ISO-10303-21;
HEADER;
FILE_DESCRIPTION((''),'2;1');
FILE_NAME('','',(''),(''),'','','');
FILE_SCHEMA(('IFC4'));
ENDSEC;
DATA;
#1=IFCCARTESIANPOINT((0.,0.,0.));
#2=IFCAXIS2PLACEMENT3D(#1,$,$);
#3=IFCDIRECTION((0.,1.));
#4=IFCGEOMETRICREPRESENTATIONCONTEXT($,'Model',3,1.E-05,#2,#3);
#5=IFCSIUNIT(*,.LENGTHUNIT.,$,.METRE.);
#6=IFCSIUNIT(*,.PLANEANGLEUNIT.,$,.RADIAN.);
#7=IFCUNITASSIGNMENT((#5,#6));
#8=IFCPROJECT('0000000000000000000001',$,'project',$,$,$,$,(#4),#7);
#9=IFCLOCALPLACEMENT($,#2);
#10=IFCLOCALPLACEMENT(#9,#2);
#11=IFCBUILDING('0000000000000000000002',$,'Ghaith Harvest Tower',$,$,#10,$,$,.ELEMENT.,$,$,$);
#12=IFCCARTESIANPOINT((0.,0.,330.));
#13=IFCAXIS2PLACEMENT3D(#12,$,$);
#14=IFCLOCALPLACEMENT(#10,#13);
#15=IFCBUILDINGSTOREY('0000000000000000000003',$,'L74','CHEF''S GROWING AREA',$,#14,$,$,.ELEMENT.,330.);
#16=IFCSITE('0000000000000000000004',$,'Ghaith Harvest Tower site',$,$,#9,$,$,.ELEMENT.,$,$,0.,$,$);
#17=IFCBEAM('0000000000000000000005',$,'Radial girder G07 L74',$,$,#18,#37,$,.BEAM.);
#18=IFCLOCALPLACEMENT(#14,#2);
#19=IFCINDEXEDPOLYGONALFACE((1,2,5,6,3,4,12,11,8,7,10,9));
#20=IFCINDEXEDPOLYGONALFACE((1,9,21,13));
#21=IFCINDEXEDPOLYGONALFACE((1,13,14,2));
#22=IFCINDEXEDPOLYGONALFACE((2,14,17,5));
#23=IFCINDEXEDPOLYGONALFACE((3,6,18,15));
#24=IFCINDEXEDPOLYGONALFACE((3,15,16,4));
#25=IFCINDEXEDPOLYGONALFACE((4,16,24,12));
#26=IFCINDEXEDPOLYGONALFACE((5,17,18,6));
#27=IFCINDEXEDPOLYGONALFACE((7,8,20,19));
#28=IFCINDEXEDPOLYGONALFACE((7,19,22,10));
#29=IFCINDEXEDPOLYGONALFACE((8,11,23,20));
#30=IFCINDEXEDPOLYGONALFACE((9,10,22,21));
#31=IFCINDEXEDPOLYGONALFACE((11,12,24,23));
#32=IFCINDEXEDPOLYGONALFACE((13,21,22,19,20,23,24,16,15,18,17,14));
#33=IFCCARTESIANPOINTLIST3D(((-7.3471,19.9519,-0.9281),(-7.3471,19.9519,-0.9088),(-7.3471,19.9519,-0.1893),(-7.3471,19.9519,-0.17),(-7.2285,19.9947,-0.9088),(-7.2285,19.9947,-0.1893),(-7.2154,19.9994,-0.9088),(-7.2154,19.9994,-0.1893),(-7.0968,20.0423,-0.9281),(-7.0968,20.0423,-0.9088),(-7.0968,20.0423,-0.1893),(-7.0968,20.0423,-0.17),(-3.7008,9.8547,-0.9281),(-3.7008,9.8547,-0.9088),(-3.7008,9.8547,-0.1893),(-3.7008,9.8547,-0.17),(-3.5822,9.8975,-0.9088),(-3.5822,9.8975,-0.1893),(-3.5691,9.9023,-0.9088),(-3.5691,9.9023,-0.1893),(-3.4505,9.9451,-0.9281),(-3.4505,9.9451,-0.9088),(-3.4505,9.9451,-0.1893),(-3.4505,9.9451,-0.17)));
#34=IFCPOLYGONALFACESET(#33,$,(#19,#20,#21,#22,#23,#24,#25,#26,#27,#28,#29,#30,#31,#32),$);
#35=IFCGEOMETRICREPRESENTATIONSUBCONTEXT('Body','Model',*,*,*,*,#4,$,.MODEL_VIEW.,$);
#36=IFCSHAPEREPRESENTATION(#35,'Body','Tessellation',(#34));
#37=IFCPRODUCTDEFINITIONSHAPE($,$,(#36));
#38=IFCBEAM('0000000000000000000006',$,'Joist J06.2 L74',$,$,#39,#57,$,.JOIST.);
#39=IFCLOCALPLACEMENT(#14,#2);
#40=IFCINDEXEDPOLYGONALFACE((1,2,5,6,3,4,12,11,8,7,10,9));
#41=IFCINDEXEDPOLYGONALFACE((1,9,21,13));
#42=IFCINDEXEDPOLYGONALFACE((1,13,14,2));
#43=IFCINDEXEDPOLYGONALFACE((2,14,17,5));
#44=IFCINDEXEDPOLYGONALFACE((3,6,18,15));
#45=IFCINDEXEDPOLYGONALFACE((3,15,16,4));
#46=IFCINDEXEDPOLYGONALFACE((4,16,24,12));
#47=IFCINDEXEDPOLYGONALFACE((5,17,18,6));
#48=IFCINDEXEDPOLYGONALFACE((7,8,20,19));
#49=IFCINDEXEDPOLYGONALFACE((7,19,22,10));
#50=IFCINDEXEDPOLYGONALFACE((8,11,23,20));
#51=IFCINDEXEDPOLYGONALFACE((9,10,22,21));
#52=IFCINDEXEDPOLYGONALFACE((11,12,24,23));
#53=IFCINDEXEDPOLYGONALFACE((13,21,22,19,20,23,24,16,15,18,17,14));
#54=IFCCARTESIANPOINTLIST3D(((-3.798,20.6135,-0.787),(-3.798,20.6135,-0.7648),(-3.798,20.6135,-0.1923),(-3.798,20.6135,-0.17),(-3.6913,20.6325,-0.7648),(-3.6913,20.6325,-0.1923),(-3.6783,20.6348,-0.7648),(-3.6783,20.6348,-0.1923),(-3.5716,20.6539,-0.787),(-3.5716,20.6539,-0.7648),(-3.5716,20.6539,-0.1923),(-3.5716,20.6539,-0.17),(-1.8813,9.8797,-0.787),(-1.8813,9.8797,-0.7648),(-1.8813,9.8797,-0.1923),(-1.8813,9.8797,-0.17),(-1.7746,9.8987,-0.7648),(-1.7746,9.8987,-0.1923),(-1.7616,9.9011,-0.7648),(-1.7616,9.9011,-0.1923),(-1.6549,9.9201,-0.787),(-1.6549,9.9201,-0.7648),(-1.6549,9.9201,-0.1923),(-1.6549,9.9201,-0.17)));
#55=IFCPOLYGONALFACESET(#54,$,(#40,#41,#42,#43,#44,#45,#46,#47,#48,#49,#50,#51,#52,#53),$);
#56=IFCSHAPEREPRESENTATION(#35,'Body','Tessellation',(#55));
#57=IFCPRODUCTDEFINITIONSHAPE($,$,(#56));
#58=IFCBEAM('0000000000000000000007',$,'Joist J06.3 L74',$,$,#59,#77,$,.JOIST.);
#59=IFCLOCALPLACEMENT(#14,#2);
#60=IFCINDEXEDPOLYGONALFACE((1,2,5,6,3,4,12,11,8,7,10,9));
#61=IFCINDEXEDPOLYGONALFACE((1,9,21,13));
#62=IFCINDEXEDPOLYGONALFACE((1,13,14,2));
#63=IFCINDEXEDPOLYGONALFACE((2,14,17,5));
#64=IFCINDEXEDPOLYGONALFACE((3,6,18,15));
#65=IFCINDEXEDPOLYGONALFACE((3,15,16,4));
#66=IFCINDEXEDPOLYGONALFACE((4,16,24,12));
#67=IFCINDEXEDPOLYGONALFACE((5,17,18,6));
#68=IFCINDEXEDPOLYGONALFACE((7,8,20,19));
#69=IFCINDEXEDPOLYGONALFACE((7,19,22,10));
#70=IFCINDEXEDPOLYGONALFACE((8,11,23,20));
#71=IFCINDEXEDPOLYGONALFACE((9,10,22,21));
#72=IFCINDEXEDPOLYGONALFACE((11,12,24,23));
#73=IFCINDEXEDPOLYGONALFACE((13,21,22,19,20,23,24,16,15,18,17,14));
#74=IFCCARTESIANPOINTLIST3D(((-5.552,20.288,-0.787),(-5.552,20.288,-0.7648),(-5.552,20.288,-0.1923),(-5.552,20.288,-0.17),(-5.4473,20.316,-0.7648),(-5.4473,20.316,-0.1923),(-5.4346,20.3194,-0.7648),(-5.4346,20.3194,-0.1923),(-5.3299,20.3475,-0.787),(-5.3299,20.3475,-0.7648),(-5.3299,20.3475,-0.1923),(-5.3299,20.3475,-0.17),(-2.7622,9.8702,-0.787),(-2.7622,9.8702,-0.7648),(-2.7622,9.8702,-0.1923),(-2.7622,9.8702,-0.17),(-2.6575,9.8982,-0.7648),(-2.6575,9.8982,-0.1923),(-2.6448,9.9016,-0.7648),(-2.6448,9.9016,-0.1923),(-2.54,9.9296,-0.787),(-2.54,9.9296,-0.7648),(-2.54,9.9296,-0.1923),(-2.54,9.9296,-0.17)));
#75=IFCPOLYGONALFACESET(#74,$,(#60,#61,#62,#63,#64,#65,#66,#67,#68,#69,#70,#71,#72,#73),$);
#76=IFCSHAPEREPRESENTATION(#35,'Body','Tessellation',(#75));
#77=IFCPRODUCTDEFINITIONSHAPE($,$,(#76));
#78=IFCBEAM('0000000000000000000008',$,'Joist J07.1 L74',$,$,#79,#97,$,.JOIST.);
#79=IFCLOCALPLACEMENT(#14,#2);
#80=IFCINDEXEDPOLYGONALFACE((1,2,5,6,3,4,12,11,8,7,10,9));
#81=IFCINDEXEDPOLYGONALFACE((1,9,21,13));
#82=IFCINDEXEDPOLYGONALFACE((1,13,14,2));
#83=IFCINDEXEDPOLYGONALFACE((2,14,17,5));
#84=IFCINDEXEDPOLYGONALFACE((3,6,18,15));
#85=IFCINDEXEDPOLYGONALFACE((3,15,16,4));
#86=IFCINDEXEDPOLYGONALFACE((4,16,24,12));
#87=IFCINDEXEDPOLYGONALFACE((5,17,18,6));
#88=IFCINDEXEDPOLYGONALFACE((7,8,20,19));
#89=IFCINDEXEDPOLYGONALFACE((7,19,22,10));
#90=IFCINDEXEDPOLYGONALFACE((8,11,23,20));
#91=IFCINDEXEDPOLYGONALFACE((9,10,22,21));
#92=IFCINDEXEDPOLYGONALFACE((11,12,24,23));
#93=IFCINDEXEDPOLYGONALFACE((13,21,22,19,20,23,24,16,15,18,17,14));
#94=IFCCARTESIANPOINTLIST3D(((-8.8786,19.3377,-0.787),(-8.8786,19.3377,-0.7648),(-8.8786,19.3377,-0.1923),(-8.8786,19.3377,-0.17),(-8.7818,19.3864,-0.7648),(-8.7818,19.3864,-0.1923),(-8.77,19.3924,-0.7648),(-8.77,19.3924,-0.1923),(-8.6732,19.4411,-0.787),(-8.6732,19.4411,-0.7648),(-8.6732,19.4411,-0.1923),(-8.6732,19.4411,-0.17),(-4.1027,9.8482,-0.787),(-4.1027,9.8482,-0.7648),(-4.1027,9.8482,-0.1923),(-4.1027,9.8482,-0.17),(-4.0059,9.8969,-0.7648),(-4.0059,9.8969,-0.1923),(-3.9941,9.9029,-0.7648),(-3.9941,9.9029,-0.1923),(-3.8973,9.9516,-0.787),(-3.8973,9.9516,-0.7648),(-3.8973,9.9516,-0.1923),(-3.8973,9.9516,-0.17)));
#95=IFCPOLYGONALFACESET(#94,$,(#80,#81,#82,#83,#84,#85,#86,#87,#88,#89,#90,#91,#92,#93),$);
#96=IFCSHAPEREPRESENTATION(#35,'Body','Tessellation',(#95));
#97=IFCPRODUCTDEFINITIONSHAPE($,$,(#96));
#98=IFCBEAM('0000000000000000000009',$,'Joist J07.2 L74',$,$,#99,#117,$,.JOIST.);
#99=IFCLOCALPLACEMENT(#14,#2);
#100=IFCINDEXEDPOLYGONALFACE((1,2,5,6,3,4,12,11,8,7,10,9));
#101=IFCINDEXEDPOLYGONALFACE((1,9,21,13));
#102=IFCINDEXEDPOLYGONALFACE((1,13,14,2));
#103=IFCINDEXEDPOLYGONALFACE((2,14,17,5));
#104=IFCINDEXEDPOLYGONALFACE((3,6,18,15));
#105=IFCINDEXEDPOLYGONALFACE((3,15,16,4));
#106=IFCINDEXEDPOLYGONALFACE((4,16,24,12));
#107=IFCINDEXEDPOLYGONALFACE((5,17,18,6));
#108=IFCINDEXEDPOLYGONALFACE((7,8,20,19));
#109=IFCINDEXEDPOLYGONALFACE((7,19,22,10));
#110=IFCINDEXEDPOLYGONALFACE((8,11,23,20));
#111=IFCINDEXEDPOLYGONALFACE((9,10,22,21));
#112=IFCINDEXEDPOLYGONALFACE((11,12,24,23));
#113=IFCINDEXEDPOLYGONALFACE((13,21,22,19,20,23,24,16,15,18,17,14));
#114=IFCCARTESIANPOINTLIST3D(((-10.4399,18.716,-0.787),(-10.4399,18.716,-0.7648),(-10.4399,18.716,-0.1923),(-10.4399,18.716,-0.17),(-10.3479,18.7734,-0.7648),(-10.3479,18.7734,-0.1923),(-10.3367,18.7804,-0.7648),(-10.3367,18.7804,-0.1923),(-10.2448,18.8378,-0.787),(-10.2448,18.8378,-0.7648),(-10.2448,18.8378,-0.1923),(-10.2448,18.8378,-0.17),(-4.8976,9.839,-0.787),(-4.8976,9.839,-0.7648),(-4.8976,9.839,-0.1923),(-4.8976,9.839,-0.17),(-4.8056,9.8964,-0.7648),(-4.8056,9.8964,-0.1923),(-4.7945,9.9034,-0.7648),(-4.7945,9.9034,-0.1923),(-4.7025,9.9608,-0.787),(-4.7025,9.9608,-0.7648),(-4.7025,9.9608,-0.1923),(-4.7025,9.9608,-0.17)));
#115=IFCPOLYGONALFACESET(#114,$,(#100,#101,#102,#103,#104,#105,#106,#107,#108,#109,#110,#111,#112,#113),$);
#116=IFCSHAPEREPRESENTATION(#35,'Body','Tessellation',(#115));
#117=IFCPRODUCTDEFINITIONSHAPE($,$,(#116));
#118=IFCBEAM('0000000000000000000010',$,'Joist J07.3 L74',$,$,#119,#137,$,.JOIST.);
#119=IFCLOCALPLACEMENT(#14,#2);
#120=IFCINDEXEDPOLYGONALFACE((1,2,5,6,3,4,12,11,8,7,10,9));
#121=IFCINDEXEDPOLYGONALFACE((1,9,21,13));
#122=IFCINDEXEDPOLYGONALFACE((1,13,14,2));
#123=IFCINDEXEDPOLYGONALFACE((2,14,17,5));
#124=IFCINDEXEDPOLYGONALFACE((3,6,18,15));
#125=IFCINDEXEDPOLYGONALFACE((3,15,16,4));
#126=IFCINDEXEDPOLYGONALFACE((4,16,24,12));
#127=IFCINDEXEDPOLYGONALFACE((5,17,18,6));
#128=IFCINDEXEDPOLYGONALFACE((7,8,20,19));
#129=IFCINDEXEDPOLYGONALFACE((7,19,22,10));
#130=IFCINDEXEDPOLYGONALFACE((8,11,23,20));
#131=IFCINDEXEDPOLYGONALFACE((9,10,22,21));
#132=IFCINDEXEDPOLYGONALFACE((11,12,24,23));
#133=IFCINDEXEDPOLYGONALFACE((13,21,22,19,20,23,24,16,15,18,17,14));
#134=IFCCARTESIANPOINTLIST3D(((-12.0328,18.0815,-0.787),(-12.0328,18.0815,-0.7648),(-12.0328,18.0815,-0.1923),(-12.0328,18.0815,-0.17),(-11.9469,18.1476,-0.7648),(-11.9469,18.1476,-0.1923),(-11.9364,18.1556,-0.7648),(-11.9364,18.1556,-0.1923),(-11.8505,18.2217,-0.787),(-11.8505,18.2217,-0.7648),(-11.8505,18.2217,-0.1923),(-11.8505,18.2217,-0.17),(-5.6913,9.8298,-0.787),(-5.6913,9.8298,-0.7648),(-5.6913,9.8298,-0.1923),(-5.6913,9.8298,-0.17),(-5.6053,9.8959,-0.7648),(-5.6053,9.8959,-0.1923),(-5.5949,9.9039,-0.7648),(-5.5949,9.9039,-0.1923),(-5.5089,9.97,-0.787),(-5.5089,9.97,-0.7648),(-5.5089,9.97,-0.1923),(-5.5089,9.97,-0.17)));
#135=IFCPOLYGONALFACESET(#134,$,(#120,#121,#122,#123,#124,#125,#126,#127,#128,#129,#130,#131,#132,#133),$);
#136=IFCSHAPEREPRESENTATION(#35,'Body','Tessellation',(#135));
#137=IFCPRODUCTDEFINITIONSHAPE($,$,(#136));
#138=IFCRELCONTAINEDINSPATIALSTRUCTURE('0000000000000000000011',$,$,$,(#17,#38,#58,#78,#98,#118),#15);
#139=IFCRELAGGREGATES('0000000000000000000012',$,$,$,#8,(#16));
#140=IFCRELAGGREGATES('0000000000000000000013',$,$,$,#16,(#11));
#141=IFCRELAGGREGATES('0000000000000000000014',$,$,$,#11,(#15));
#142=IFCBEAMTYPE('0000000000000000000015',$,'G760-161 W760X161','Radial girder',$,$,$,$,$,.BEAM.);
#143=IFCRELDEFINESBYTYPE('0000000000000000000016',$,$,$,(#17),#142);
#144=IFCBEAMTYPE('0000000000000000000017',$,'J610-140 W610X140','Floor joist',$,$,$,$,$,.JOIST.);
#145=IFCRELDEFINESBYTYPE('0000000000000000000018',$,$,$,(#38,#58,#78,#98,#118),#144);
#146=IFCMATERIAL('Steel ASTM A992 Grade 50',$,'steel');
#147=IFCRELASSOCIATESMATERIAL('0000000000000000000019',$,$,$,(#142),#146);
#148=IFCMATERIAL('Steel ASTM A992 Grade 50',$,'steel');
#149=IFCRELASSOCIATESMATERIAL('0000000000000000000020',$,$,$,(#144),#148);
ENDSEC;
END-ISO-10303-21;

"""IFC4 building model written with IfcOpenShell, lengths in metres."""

from ifc_helpers import new_model, si_unit, direction, frame, origin, origin_2d, place, context, subcontext, project, spatial, i_section, extrude, material, material_profile, profile_set, type_object, element, save


model = new_model("IFC4")

# Units and contexts
model_context = context("Model", 3, precision=1e-05, world=origin(), true_north=direction((0.0, 1.0)))
body_context = subcontext(model_context, "Body", "Model", "MODEL_VIEW")
ifc_project = project(units=[si_unit("LENGTHUNIT", "METRE"), si_unit("PLANEANGLEUNIT", "RADIAN")], contexts=[model_context])

# Site, building, storey
site_placement = place(None, origin())
site = spatial("IfcSite", under=ifc_project, at=site_placement, Name="Ghaith Harvest Tower site", CompositionType="ELEMENT", RefElevation=0.0)
building_placement = place(site_placement, origin())
building = spatial("IfcBuilding", under=site, at=building_placement, Name="Ghaith Harvest Tower", CompositionType="ELEMENT")
storey_placement = place(building_placement, frame((0.0, 0.0, 330.0)))
storey = spatial("IfcBuildingStorey", under=building, at=storey_placement, Name="L74", Description="CHEF'S GROWING AREA", CompositionType="ELEMENT", Elevation=330.0)

# Beams
ifc_material_1 = material(Name="Steel ASTM A992 Grade 50", Category="steel")
ifc_material_profile_1 = material_profile(ifc_material_1, i_section(OverallWidth=0.2661, OverallDepth=0.7581, WebThickness=0.0139, FlangeThickness=0.0193, at=origin_2d()), Name="W760X161")
ifc_profile_set_1 = profile_set([ifc_material_profile_1], Name="Steel ASTM A992 Grade 50")
beam_type_1 = type_object("IfcBeamType", Name="G760-161 W760X161", Description="Radial girder", PredefinedType="BEAM", material=ifc_profile_set_1)
beam_1_placement = place(storey_placement, frame((-3.5757, 9.8999, -0.5491), z_axis=(-0.339648, 0.940553, 0.0), x_axis=(-0.940553, -0.339648, 0.0)))
element("IfcBeam", 1, at=beam_1_placement, inside=storey, type_object=beam_type_1, Name="Radial girder G07 L74", PredefinedType="BEAM", context=body_context, shape_type="SweptSolid", body=[
    extrude(i_section(OverallWidth=0.2661, OverallDepth=0.7581, WebThickness=0.0139, FlangeThickness=0.0193, at=origin_2d()), origin(), (0.0, 0.0, 1.0), 10.7354),
])
ifc_material_2 = material(Name="Steel ASTM A992 Grade 50", Category="steel")
ifc_material_profile_2 = material_profile(ifc_material_2, i_section(OverallWidth=0.23, OverallDepth=0.6169, WebThickness=0.0132, FlangeThickness=0.0222, at=origin_2d()), Name="W610X140")
ifc_profile_set_2 = profile_set([ifc_material_profile_2], Name="Steel ASTM A992 Grade 50")
beam_type_2 = type_object("IfcBeamType", Name="J610-140 W610X140", Description="Floor joist", PredefinedType="JOIST", material=ifc_profile_set_2)
beam_2_placement = place(storey_placement, frame((-1.7681, 9.8999, -0.4785), z_axis=(-0.175789, 0.984428, 0.0), x_axis=(-0.984428, -0.175789, 0.0)))
element("IfcBeam", 2, at=beam_2_placement, inside=storey, type_object=beam_type_2, Name="Joist J06.2 L74", PredefinedType="JOIST", context=body_context, shape_type="SweptSolid", body=[
    extrude(i_section(OverallWidth=0.23, OverallDepth=0.6169, WebThickness=0.0132, FlangeThickness=0.0222, at=origin_2d()), origin(), (0.0, 0.0, 1.0), 10.9036),
])
beam_3_placement = place(storey_placement, frame((-2.6511, 9.8999, -0.4785), z_axis=(-0.258678, 0.965964, 0.0), x_axis=(-0.965964, -0.258678, 0.0)))
element("IfcBeam", 3, at=beam_3_placement, inside=storey, type_object=beam_type_2, Name="Joist J06.3 L74", PredefinedType="JOIST", context=body_context, shape_type="SweptSolid", body=[
    extrude(i_section(OverallWidth=0.23, OverallDepth=0.6169, WebThickness=0.0132, FlangeThickness=0.0222, at=origin_2d()), origin(), (0.0, 0.0, 1.0), 10.7849),
])
beam_4_placement = place(storey_placement, frame((-4.0, 9.8999, -0.4785), z_axis=(-0.449556, 0.893252, 0.0), x_axis=(-0.893252, -0.449556, 0.0)))
element("IfcBeam", 4, at=beam_4_placement, inside=storey, type_object=beam_type_2, Name="Joist J07.1 L74", PredefinedType="JOIST", context=body_context, shape_type="SweptSolid", body=[
    extrude(i_section(OverallWidth=0.23, OverallDepth=0.6169, WebThickness=0.0132, FlangeThickness=0.0222, at=origin_2d()), origin(), (0.0, 0.0, 1.0), 10.6235),
])
beam_5_placement = place(storey_placement, frame((-4.8, 9.8999, -0.4785), z_axis=(-0.529596, 0.84825, 0.0), x_axis=(-0.84825, -0.529596, 0.0)))
element("IfcBeam", 5, at=beam_5_placement, inside=storey, type_object=beam_type_2, Name="Joist J07.2 L74", PredefinedType="JOIST", context=body_context, shape_type="SweptSolid", body=[
    extrude(i_section(OverallWidth=0.23, OverallDepth=0.6169, WebThickness=0.0132, FlangeThickness=0.0222, at=origin_2d()), origin(), (0.0, 0.0, 1.0), 10.4651),
])
beam_6_placement = place(storey_placement, frame((-5.6001, 9.8999, -0.4785), z_axis=(-0.609354, 0.792899, 0.0), x_axis=(-0.792899, -0.609354, 0.0)))
element("IfcBeam", 6, at=beam_6_placement, inside=storey, type_object=beam_type_2, Name="Joist J07.3 L74", PredefinedType="JOIST", context=body_context, shape_type="SweptSolid", body=[
    extrude(i_section(OverallWidth=0.23, OverallDepth=0.6169, WebThickness=0.0132, FlangeThickness=0.0222, at=origin_2d()), origin(), (0.0, 0.0, 1.0), 10.407),
])

save(model, "model.ifc")
